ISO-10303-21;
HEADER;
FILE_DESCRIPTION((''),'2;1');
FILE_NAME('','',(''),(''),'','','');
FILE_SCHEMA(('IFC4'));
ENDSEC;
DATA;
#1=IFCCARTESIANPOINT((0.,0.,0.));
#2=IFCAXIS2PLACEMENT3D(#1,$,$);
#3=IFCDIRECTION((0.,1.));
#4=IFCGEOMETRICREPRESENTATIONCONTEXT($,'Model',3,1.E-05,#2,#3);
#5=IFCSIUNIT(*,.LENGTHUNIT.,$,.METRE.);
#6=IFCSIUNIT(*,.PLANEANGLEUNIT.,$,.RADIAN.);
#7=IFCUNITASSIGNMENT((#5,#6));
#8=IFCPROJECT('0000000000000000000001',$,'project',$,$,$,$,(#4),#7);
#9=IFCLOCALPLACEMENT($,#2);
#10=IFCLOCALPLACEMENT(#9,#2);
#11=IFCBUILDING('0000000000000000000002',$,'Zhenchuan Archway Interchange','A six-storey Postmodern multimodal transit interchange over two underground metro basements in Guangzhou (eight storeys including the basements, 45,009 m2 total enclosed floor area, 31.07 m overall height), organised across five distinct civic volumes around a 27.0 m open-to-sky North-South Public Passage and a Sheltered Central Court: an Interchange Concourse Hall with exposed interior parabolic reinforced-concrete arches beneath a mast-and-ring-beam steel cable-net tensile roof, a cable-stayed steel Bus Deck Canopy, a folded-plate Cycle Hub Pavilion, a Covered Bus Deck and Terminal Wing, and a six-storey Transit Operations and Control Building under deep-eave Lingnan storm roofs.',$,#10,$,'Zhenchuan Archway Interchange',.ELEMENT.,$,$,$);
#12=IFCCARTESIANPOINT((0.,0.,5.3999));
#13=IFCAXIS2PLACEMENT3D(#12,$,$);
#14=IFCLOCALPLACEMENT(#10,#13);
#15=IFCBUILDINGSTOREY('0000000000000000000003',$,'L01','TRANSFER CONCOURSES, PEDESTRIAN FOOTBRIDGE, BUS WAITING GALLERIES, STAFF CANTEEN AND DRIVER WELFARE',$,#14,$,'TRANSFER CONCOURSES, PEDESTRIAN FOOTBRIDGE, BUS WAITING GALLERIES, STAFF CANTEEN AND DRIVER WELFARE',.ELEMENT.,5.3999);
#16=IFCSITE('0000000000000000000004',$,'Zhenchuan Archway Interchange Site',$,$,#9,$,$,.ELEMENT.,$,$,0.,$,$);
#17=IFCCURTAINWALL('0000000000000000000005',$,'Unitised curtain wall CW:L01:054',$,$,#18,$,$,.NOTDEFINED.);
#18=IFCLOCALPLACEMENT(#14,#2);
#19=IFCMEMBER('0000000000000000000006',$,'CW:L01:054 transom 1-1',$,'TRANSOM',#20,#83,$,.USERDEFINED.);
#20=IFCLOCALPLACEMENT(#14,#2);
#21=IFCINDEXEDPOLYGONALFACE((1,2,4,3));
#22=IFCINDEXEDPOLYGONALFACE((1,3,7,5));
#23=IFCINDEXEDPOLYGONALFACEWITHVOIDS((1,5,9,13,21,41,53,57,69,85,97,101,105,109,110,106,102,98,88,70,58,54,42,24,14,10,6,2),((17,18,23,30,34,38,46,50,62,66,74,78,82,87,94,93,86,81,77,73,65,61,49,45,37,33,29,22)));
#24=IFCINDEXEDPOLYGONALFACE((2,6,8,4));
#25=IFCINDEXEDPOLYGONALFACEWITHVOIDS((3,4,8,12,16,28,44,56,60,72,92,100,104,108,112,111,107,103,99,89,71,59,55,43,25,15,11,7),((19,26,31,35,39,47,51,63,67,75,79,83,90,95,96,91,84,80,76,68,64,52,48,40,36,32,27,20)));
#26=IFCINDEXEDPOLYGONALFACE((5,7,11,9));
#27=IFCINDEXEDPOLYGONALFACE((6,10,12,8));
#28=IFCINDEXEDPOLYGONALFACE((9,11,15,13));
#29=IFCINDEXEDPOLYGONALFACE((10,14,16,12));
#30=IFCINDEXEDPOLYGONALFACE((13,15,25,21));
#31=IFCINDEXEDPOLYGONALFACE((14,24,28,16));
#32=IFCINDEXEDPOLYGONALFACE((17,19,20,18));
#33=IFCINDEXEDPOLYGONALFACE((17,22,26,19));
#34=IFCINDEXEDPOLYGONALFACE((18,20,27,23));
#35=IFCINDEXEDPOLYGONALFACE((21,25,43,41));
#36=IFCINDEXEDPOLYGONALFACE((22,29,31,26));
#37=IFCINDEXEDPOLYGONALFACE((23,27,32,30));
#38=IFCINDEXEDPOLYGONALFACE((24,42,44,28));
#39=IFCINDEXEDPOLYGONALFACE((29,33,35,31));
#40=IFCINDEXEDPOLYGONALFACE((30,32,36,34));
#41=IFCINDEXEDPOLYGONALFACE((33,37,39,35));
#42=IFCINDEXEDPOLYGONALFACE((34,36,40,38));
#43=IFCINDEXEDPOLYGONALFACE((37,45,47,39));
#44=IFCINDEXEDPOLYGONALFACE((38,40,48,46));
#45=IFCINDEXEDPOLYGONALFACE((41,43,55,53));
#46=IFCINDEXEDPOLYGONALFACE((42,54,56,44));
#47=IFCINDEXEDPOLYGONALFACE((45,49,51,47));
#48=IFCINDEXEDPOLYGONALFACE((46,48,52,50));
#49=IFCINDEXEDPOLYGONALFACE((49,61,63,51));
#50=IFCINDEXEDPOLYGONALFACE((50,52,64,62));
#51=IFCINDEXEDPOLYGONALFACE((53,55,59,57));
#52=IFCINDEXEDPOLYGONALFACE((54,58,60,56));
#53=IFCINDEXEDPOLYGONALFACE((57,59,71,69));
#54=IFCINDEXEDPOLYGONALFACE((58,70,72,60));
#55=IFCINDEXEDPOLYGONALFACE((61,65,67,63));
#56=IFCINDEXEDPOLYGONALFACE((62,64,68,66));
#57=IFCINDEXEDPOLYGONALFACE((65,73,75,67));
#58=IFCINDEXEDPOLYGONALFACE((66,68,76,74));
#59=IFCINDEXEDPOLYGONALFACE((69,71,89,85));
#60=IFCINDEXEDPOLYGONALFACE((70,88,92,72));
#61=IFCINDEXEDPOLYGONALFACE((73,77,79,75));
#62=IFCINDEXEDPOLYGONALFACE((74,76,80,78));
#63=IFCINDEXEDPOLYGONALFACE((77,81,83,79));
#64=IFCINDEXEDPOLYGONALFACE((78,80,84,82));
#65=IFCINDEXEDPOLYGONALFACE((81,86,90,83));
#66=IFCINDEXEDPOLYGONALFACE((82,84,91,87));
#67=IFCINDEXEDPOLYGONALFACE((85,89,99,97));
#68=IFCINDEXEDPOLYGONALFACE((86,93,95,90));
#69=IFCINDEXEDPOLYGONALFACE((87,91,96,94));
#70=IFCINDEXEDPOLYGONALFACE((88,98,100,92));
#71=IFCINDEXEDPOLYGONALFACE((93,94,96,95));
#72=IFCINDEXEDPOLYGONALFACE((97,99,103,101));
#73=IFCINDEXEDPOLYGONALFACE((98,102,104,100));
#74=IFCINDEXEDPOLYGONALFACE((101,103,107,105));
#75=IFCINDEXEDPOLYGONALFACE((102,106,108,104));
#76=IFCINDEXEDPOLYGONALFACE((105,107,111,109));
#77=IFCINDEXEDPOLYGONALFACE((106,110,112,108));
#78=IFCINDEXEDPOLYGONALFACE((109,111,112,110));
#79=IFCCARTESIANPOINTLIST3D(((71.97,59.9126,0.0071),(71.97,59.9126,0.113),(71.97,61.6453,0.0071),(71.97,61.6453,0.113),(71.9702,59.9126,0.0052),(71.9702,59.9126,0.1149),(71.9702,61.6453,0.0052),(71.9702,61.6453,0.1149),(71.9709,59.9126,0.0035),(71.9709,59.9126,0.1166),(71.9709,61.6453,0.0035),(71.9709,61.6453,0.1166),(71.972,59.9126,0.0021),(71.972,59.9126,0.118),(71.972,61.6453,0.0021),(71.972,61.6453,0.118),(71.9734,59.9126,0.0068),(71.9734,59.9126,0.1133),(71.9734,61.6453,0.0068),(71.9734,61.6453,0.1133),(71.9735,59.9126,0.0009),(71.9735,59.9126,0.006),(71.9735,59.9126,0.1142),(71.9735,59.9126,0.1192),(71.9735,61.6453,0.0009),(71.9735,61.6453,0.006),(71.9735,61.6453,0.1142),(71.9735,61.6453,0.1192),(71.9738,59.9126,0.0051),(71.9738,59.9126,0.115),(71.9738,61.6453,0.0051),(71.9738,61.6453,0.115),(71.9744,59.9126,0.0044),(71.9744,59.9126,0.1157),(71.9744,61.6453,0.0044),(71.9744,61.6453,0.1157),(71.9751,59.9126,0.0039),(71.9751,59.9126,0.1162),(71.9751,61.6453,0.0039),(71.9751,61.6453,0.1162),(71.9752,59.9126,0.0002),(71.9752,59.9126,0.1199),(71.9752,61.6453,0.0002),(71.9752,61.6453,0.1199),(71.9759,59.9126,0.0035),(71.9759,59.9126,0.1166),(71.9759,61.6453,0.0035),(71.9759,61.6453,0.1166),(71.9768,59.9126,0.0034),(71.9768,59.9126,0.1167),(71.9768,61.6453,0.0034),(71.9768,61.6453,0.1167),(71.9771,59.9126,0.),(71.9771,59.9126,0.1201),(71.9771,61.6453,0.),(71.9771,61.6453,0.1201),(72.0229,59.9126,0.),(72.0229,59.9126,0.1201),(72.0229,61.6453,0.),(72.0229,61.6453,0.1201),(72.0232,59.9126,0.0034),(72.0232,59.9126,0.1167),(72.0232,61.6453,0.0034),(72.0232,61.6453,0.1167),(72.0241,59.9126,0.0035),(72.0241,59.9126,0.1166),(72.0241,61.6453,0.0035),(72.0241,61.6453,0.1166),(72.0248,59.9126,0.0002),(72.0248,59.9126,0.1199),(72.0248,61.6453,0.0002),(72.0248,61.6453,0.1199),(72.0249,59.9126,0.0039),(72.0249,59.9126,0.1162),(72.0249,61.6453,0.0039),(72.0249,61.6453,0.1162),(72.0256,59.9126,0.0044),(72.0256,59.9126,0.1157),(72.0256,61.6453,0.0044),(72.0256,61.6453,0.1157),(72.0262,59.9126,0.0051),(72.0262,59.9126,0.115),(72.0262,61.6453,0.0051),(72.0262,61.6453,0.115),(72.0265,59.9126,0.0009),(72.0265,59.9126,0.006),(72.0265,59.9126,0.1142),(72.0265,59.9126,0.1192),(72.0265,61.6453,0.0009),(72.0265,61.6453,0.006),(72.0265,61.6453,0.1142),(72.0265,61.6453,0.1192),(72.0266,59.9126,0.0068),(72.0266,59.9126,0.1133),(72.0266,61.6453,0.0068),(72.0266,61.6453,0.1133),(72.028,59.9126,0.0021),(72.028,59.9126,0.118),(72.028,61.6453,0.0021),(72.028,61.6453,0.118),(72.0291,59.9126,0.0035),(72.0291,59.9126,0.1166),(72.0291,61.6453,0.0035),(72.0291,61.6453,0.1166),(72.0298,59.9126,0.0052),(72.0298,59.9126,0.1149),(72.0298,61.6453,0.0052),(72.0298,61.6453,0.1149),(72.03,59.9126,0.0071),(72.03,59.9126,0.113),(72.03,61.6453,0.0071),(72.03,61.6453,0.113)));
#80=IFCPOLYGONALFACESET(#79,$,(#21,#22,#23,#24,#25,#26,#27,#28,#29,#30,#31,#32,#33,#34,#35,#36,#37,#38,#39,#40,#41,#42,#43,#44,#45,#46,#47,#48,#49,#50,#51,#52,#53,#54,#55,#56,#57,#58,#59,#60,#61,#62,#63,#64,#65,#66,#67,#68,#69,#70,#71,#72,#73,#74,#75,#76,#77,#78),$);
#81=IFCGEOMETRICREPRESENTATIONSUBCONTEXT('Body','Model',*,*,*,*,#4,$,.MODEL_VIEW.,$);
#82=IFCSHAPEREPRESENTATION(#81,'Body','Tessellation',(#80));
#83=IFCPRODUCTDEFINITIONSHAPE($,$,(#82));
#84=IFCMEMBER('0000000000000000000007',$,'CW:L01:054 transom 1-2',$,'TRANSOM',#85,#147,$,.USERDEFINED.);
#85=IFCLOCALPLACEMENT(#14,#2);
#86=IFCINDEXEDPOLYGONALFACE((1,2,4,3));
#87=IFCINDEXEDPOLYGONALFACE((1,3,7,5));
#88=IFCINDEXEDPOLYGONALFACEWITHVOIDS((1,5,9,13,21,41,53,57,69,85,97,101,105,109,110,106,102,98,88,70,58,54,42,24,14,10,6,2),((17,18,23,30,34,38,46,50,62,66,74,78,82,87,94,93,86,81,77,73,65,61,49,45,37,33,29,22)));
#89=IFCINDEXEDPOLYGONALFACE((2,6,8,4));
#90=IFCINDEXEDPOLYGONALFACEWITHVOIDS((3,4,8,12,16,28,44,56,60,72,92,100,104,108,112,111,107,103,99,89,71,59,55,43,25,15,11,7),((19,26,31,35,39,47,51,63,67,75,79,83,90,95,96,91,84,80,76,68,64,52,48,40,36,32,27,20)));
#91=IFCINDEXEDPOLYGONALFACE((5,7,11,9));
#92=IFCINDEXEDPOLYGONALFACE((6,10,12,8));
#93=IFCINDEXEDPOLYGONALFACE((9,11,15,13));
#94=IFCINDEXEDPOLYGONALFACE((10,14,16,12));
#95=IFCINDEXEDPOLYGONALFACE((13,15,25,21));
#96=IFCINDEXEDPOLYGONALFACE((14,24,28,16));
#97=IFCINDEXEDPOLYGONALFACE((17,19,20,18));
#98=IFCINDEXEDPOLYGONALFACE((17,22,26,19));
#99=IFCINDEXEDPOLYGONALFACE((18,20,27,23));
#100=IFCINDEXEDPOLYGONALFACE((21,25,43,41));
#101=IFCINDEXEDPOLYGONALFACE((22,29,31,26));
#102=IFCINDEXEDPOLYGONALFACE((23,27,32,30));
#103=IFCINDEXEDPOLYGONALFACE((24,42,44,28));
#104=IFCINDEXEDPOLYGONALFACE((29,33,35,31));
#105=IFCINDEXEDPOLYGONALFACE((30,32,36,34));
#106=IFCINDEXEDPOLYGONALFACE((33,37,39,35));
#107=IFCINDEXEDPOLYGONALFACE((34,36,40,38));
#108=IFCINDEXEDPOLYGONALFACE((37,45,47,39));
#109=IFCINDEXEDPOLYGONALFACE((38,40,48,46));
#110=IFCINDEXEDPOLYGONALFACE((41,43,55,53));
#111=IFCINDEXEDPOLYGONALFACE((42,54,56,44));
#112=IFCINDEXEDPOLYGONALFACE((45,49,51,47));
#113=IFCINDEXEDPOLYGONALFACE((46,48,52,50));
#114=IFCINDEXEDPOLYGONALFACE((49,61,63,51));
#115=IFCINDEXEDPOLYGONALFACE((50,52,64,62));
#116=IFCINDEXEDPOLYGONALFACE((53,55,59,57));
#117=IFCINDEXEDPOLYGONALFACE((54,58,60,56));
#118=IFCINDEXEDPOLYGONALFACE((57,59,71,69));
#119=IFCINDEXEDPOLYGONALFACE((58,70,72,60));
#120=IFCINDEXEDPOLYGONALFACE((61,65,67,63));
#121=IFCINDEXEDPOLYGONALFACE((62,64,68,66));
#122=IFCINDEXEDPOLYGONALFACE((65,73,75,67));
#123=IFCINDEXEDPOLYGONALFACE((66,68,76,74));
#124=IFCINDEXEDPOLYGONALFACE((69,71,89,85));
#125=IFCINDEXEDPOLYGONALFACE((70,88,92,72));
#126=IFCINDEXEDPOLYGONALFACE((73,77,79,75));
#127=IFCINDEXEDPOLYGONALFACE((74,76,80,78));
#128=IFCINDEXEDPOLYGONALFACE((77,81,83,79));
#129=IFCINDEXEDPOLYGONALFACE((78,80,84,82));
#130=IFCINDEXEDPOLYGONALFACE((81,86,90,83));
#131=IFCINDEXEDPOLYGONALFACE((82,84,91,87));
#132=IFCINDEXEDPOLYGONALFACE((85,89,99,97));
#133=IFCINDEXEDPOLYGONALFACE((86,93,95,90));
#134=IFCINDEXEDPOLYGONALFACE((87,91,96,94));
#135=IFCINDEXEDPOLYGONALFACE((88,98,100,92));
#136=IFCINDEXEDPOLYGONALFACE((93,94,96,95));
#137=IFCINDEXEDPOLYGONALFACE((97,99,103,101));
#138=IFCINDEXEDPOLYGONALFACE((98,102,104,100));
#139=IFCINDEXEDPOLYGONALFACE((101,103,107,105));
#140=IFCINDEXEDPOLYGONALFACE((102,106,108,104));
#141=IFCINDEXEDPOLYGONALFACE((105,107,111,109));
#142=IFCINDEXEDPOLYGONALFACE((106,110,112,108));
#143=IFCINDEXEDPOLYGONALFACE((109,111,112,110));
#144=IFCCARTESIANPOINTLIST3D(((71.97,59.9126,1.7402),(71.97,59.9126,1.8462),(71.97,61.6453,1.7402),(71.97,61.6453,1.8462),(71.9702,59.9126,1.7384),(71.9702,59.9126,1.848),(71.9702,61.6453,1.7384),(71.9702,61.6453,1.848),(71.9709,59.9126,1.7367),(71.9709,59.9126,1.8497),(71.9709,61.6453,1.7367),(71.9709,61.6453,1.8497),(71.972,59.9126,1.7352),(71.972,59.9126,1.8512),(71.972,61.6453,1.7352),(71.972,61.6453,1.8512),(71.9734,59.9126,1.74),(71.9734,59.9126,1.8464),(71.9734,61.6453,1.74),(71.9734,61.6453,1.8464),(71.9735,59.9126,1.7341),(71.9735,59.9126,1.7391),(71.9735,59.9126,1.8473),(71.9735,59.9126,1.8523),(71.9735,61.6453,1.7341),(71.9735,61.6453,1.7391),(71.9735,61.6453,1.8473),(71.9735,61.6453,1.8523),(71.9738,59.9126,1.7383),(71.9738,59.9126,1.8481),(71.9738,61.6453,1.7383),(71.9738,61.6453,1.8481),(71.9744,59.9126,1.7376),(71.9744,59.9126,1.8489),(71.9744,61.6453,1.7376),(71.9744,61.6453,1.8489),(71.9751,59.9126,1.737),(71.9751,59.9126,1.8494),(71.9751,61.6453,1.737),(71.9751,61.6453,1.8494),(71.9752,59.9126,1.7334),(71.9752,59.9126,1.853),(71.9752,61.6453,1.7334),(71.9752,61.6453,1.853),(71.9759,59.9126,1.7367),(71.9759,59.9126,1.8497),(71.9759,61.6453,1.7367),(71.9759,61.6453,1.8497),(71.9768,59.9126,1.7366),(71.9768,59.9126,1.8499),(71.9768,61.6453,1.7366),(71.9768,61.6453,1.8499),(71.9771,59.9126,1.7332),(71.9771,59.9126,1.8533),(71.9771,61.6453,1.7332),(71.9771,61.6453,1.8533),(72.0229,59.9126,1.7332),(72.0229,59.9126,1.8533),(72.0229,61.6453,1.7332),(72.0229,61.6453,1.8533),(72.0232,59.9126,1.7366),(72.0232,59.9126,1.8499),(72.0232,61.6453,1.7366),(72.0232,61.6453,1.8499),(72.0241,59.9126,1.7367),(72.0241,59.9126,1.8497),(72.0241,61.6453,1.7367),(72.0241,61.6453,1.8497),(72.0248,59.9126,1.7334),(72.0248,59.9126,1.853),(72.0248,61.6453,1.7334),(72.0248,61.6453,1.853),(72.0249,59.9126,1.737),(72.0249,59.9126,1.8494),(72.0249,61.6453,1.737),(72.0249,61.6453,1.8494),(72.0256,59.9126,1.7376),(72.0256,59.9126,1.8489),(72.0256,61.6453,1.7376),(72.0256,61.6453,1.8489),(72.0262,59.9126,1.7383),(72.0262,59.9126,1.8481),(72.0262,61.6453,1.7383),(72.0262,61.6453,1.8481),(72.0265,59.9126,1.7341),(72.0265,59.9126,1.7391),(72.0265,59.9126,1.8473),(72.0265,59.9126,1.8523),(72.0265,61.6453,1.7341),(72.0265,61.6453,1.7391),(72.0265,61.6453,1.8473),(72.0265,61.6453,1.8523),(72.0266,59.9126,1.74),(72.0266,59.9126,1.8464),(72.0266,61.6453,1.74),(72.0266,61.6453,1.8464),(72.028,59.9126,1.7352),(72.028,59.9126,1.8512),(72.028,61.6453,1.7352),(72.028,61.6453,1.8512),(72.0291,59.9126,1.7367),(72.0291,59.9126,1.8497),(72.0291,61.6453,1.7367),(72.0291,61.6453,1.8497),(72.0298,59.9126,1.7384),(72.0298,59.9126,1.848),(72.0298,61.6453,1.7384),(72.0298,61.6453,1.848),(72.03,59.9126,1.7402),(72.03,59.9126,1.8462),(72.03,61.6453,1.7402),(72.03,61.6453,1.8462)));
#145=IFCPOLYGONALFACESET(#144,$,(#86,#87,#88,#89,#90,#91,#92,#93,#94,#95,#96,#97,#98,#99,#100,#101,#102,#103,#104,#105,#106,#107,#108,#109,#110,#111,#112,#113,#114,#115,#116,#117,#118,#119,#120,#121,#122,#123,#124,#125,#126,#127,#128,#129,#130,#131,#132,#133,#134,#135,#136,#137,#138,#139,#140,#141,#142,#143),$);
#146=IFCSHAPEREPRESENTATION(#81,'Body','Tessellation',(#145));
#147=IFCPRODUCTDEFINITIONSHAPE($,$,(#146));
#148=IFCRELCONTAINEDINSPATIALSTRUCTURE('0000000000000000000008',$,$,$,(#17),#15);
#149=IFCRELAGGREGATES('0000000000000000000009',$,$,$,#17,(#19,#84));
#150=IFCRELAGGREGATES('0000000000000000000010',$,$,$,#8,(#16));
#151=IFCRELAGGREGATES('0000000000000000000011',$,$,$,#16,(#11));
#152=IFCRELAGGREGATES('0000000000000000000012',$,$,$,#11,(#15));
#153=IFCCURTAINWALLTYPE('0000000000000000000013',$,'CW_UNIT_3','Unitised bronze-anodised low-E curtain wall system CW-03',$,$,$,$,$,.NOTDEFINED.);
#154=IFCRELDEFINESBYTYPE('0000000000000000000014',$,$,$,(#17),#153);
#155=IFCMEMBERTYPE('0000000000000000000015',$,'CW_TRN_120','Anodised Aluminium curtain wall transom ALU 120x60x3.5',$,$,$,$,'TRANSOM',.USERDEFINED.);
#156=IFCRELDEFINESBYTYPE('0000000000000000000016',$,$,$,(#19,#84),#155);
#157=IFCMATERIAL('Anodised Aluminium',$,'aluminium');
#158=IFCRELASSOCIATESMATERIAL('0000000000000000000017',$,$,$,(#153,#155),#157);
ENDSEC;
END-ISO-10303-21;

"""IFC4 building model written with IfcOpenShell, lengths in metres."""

from ifc_helpers import new_model, si_unit, direction, frame, origin, origin_2d, place, context, subcontext, project, spatial, hollow_rectangle, extrude, material, material_profile, profile_set, type_object, element, aggregate, save


model = new_model("IFC4")

# Units and contexts
model_context = context("Model", 3, precision=1e-05, world=origin(), true_north=direction((0.0, 1.0)))
body_context = subcontext(model_context, "Body", "Model", "MODEL_VIEW")
ifc_project = project(units=[si_unit("LENGTHUNIT", "METRE"), si_unit("PLANEANGLEUNIT", "RADIAN")], contexts=[model_context])

# Site, building, storey
site_placement = place(None, origin())
site = spatial("IfcSite", under=ifc_project, at=site_placement, Name="Zhenchuan Archway Interchange Site", CompositionType="ELEMENT", RefElevation=0.0)
building_placement = place(site_placement, origin())
building = spatial("IfcBuilding", under=site, at=building_placement, Name="Zhenchuan Archway Interchange", Description="A six-storey Postmodern multimodal transit interchange over two underground metro basements in Guangzhou (eight storeys including the basements, 45,009 m2 total enclosed floor area, 31.07 m overall height), organised across five distinct civic volumes around a 27.0 m open-to-sky North-South Public Passage and a Sheltered Central Court: an Interchange Concourse Hall with exposed interior parabolic reinforced-concrete arches beneath a mast-and-ring-beam steel cable-net tensile roof, a cable-stayed steel Bus Deck Canopy, a folded-plate Cycle Hub Pavilion, a Covered Bus Deck and Terminal Wing, and a six-storey Transit Operations and Control Building under deep-eave Lingnan storm roofs.", LongName="Zhenchuan Archway Interchange", CompositionType="ELEMENT")
storey_placement = place(building_placement, frame((0.0, 0.0, 5.3999)))
storey = spatial("IfcBuildingStorey", under=building, at=storey_placement, Name="L01", Description="TRANSFER CONCOURSES, PEDESTRIAN FOOTBRIDGE, BUS WAITING GALLERIES, STAFF CANTEEN AND DRIVER WELFARE", LongName="TRANSFER CONCOURSES, PEDESTRIAN FOOTBRIDGE, BUS WAITING GALLERIES, STAFF CANTEEN AND DRIVER WELFARE", CompositionType="ELEMENT", Elevation=5.3999)

# Shared definitions
ifc_material_1 = material(Name="Anodised Aluminium", Category="aluminium")

# Curtain wall, members
curtain_wall_type_1 = type_object("IfcCurtainWallType", Name="CW_UNIT_3", Description="Unitised bronze-anodised low-E curtain wall system CW-03", PredefinedType="NOTDEFINED", material=ifc_material_1)
curtain_wall_1_placement = place(storey_placement, origin())
curtain_wall_1 = element("IfcCurtainWall", 1, at=curtain_wall_1_placement, inside=storey, type_object=curtain_wall_type_1, Name="Unitised curtain wall CW:L01:054", PredefinedType="NOTDEFINED")
ifc_material_profile_1 = material_profile(ifc_material_1, hollow_rectangle(XDim=0.0601, YDim=0.1201, WallThickness=0.0034, InnerFilletRadius=0.0034, OuterFilletRadius=0.0071, at=origin_2d()), Name="ALU 120x60x3.5")
ifc_profile_set_1 = profile_set([ifc_material_profile_1], Name="Anodised Aluminium")
member_type_1 = type_object("IfcMemberType", Name="CW_TRN_120", Description="Anodised Aluminium curtain wall transom ALU 120x60x3.5", ElementType="TRANSOM", PredefinedType="USERDEFINED", material=ifc_profile_set_1)
member_1_placement = place(storey_placement, frame((72.0, 61.6453, 0.0601), z_axis=(0.0, -1.0, 0.0), x_axis=(1.0, 0.0, 0.0)))
member_1 = element("IfcMember", 2, at=member_1_placement, type_object=member_type_1, Name="CW:L01:054 transom 1-1", ObjectType="TRANSOM", PredefinedType="USERDEFINED", context=body_context, shape_type="SweptSolid", body=[
    extrude(hollow_rectangle(XDim=0.0601, YDim=0.1201, WallThickness=0.0034, InnerFilletRadius=0.0034, OuterFilletRadius=0.0071, at=origin_2d()), origin(), (0.0, 0.0, 1.0), 1.7327),
])
member_2_placement = place(storey_placement, frame((72.0, 61.6453, 1.7932), z_axis=(0.0, -1.0, 0.0), x_axis=(1.0, 0.0, 0.0)))
member_2 = element("IfcMember", 3, at=member_2_placement, type_object=member_type_1, Name="CW:L01:054 transom 1-2", ObjectType="TRANSOM", PredefinedType="USERDEFINED", context=body_context, shape_type="SweptSolid", body=[
    extrude(hollow_rectangle(XDim=0.0601, YDim=0.1201, WallThickness=0.0034, InnerFilletRadius=0.0034, OuterFilletRadius=0.0071, at=origin_2d()), origin(), (0.0, 0.0, 1.0), 1.7327),
])

aggregate(curtain_wall_1, [member_1, member_2])

save(model, "model.ifc")
